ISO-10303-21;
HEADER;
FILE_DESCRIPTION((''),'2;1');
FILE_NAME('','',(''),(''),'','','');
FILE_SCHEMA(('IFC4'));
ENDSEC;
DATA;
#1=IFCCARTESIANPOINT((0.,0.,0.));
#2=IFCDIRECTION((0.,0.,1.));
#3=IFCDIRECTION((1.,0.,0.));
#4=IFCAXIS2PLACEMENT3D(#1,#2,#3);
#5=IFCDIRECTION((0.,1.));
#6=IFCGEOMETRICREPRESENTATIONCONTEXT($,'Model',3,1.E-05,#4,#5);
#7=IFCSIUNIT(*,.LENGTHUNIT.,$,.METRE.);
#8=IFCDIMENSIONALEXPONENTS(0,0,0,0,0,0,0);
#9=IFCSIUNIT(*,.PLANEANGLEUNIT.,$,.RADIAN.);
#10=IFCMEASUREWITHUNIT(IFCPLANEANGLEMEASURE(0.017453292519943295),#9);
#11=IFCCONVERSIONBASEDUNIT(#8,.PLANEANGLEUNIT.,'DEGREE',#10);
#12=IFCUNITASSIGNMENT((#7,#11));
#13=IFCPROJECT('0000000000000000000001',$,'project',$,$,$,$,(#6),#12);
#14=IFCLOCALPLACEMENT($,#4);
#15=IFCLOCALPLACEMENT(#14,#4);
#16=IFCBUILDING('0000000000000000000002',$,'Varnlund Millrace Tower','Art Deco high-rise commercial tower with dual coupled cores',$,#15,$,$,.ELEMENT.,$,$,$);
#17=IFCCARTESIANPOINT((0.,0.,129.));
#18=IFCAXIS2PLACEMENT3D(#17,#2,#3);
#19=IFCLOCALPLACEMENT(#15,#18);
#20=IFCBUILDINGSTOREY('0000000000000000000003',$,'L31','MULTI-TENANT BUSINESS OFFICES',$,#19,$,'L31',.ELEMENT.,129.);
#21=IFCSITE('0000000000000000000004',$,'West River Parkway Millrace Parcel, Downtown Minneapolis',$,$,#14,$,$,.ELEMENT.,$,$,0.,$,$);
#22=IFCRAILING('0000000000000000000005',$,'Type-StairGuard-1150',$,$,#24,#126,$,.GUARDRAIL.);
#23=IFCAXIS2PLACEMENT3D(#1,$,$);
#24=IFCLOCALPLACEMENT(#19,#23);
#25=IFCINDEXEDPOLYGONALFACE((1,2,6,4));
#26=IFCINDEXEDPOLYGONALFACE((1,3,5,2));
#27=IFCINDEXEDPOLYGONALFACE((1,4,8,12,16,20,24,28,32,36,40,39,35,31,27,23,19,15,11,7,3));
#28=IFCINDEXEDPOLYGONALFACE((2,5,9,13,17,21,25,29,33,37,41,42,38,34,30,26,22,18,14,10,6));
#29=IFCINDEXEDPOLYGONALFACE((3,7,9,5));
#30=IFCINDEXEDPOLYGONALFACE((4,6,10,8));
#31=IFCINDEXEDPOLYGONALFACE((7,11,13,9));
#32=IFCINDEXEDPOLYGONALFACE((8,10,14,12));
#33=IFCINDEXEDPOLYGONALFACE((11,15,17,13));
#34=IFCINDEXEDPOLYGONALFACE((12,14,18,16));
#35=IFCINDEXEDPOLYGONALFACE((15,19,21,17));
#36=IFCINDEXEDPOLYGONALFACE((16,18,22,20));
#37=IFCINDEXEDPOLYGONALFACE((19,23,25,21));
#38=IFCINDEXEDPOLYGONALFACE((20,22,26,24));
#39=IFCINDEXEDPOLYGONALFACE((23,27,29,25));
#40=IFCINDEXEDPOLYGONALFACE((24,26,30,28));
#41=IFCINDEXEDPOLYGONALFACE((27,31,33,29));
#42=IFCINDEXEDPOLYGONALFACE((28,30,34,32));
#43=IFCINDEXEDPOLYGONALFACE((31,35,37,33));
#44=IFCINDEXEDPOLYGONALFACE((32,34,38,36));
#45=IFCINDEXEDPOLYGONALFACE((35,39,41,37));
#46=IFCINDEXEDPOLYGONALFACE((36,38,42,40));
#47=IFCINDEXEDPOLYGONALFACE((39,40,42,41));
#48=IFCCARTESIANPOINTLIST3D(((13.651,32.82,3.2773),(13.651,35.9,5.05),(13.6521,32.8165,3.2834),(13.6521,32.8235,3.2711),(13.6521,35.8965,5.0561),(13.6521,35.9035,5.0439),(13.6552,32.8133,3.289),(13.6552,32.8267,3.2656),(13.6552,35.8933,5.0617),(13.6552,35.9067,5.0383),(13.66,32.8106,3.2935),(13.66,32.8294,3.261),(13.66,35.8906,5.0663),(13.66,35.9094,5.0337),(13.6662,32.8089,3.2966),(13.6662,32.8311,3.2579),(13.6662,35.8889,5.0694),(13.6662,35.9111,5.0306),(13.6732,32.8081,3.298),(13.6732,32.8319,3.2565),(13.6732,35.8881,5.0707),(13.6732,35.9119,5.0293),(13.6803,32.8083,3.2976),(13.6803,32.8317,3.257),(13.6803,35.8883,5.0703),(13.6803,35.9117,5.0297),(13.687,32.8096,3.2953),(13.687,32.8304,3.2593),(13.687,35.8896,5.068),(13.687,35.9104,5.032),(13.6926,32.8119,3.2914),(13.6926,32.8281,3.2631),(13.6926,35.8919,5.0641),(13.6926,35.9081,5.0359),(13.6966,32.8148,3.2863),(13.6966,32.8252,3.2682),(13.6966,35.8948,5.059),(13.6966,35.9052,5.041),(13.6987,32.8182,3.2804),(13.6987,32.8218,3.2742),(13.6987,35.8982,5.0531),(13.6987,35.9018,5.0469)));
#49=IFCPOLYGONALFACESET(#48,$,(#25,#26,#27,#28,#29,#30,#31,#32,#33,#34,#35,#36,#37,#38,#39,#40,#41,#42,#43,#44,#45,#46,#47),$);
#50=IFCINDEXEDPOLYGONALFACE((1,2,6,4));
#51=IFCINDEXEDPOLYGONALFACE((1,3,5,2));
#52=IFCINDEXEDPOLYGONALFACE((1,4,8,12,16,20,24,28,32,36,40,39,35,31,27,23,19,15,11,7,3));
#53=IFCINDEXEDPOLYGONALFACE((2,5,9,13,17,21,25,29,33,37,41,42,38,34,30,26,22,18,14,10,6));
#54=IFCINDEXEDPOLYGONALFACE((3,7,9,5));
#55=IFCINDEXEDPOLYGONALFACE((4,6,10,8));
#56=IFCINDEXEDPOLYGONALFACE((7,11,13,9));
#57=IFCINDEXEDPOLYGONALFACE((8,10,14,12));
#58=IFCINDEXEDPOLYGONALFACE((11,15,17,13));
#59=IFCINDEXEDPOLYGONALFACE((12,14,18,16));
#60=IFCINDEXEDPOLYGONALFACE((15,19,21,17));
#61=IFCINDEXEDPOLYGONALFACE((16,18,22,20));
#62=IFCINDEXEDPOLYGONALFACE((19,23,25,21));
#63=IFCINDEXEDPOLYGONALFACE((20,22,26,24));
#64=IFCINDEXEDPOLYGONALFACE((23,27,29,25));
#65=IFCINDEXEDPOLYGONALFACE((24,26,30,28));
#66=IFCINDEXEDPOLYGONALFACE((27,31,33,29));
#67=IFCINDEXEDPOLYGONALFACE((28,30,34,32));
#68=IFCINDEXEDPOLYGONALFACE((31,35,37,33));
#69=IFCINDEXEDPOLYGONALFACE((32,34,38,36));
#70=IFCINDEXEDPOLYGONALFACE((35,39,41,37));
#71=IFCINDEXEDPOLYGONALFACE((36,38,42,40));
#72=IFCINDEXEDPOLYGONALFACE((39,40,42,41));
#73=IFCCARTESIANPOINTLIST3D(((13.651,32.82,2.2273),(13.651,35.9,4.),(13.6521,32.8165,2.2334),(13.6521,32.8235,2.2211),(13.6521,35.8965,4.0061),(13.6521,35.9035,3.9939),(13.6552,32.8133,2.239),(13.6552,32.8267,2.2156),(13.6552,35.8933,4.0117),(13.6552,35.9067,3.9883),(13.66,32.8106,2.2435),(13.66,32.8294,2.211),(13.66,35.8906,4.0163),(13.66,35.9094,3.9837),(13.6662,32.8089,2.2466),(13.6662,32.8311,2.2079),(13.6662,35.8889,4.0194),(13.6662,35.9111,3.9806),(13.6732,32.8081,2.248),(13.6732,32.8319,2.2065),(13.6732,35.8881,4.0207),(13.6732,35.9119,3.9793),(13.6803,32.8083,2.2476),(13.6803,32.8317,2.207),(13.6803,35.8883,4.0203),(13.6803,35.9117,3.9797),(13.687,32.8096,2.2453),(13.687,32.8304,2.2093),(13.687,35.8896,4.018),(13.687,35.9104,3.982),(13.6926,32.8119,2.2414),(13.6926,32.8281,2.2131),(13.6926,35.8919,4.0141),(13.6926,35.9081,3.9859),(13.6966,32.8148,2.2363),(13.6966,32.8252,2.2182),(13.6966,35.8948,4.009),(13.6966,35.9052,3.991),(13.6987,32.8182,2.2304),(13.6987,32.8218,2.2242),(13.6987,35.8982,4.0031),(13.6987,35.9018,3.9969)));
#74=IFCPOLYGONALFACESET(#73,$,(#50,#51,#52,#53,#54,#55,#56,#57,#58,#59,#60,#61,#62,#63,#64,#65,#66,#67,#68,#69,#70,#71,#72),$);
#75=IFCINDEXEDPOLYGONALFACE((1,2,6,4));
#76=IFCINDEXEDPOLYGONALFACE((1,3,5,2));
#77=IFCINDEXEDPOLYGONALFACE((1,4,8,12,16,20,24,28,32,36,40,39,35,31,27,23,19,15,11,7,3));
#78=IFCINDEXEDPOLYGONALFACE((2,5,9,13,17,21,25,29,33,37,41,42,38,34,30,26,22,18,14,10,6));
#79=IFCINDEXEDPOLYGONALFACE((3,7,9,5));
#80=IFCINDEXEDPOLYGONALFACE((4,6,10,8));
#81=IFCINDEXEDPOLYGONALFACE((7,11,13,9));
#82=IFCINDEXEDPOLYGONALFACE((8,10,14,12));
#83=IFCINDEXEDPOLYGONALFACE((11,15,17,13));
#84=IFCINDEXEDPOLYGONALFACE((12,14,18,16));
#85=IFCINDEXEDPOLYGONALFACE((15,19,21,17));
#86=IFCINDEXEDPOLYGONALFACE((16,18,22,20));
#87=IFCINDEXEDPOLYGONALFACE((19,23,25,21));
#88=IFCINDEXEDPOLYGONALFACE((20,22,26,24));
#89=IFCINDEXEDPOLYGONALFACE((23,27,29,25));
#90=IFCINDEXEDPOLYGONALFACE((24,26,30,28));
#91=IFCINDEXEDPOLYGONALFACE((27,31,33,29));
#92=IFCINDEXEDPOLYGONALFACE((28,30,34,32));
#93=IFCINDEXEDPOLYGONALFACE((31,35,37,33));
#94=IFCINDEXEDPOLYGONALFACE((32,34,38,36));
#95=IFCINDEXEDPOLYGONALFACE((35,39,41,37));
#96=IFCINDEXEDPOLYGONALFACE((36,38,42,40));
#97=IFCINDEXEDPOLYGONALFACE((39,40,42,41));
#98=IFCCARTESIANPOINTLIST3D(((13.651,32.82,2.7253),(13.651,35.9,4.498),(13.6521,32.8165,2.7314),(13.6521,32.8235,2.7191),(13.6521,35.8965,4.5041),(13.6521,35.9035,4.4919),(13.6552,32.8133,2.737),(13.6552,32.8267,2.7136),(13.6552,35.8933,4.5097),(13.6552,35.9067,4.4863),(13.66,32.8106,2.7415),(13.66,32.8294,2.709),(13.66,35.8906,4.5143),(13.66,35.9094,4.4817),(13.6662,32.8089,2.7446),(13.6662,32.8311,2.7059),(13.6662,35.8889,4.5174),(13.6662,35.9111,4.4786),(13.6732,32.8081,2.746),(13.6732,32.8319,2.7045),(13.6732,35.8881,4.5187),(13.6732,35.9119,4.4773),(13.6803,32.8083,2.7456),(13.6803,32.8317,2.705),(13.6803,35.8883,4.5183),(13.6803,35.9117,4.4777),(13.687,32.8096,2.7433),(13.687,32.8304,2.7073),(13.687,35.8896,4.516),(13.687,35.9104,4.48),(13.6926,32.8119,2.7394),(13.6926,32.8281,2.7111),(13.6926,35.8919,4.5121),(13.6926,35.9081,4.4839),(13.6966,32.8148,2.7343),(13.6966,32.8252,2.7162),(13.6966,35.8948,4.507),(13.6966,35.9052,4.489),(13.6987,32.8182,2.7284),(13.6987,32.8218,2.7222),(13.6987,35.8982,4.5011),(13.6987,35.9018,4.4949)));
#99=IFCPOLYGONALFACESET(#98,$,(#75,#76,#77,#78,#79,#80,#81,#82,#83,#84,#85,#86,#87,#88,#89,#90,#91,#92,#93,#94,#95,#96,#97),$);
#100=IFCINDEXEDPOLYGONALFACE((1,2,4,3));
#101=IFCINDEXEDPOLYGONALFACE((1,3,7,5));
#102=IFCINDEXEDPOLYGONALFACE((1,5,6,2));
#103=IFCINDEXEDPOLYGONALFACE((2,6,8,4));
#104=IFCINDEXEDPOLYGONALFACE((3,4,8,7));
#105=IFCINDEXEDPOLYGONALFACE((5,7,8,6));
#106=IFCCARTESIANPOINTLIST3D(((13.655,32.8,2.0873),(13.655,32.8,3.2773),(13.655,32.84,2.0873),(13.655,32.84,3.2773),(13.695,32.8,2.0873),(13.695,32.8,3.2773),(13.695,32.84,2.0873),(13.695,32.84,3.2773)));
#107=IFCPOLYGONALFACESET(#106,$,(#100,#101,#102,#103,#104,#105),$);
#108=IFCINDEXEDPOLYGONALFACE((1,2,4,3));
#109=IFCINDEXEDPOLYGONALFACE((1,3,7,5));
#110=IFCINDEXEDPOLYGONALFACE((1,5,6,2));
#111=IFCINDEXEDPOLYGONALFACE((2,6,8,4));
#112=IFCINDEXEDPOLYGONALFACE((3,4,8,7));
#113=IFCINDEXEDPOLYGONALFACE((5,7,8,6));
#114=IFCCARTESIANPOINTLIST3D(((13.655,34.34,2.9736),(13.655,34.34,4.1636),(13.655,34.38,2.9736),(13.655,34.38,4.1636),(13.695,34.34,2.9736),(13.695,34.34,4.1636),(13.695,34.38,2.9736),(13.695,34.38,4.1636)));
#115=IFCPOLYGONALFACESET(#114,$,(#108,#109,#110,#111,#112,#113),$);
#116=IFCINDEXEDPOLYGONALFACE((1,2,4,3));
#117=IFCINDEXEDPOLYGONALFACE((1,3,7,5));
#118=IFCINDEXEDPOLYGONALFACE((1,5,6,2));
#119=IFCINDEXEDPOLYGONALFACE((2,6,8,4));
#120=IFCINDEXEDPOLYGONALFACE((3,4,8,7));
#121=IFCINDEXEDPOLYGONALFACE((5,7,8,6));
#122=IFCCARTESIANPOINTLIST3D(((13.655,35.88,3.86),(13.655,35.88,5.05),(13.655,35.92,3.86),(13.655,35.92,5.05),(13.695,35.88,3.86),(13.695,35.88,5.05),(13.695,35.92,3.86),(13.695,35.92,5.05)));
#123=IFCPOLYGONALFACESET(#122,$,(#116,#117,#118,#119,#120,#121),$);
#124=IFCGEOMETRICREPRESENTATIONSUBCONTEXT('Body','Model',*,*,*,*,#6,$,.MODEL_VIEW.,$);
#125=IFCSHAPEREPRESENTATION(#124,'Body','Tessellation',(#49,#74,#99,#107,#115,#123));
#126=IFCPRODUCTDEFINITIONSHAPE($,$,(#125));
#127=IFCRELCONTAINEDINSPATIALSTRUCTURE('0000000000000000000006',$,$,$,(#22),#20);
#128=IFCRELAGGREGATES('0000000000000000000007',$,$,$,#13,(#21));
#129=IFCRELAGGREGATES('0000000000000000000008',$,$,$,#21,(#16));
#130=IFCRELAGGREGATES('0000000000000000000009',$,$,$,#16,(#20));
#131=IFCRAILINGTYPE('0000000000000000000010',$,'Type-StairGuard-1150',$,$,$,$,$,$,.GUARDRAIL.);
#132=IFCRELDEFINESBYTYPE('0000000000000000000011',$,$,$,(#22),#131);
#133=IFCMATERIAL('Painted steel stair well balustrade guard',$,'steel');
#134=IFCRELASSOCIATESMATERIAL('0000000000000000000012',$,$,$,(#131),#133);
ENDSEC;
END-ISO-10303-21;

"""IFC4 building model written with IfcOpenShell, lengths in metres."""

from ifc_helpers import new_model, entity, si_unit, converted_unit, direction, frame, origin_with_axes, origin_2d_with_axis, place, context, subcontext, project, spatial, rectangle, circle, extrude, material, type_object, element, save


model = new_model("IFC4")

# Units and contexts
model_context = context("Model", 3, precision=1e-05, world=origin_with_axes(), true_north=direction((0.0, 1.0)))
body_context = subcontext(model_context, "Body", "Model", "MODEL_VIEW")
ifc_project = project(units=[si_unit("LENGTHUNIT", "METRE"), converted_unit("PLANEANGLEUNIT", "DEGREE", entity("IfcPlaneAngleMeasure", 0.017453292519943295), si_unit("PLANEANGLEUNIT", "RADIAN"), dimensions=[0, 0, 0, 0, 0, 0, 0])], contexts=[model_context])

# Site, building, storey
site_placement = place(None, origin_with_axes())
site = spatial("IfcSite", under=ifc_project, at=site_placement, Name="West River Parkway Millrace Parcel, Downtown Minneapolis", CompositionType="ELEMENT", RefElevation=0.0)
building_placement = place(site_placement, origin_with_axes())
building = spatial("IfcBuilding", under=site, at=building_placement, Name="Varnlund Millrace Tower", Description="Art Deco high-rise commercial tower with dual coupled cores", CompositionType="ELEMENT")
storey_placement = place(building_placement, frame((0.0, 0.0, 129.0), z_axis=(0.0, 0.0, 1.0), x_axis=(1.0, 0.0, 0.0)))
storey = spatial("IfcBuildingStorey", under=building, at=storey_placement, Name="L31", Description="MULTI-TENANT BUSINESS OFFICES", LongName="L31", CompositionType="ELEMENT", Elevation=129.0)

# Railing
ifc_material_1 = material(Name="Painted steel stair well balustrade guard", Category="steel")
railing_type_1 = type_object("IfcRailingType", Name="Type-StairGuard-1150", PredefinedType="GUARDRAIL", material=ifc_material_1)
railing_1_placement = place(storey_placement, frame((0.0, 0.0, -129.0), z_axis=(0.0, 0.0, 1.0), x_axis=(1.0, 0.0, 0.0)))
element("IfcRailing", 1, at=railing_1_placement, inside=storey, type_object=railing_type_1, Name="Type-StairGuard-1150", PredefinedType="GUARDRAIL", context=body_context, shape_type="SweptSolid", body=[
    extrude(circle(Radius=0.024, at=origin_2d_with_axis()), frame((13.675, 32.82, 132.2773), z_axis=(0.0, 0.866696, 0.498836), x_axis=(-1.0, 0.0, 0.0)), (0.0, 0.0, 1.0), 3.5537),
    extrude(circle(Radius=0.024, at=origin_2d_with_axis()), frame((13.675, 32.82, 131.2273), z_axis=(0.0, 0.866696, 0.498836), x_axis=(-1.0, 0.0, 0.0)), (0.0, 0.0, 1.0), 3.5537),
    extrude(circle(Radius=0.024, at=origin_2d_with_axis()), frame((13.675, 32.82, 131.7253), z_axis=(0.0, 0.866696, 0.498836), x_axis=(-1.0, 0.0, 0.0)), (0.0, 0.0, 1.0), 3.5537),
    extrude(rectangle(XDim=0.04, YDim=0.04, at=origin_2d_with_axis()), frame((13.675, 32.82, 131.0873), z_axis=(0.0, 0.0, 1.0), x_axis=(1.0, 0.0, 0.0)), (0.0, 0.0, 1.0), 1.19),
    extrude(rectangle(XDim=0.04, YDim=0.04, at=origin_2d_with_axis()), frame((13.675, 34.36, 131.9736), z_axis=(0.0, 0.0, 1.0), x_axis=(1.0, 0.0, 0.0)), (0.0, 0.0, 1.0), 1.19),
    extrude(rectangle(XDim=0.04, YDim=0.04, at=origin_2d_with_axis()), frame((13.675, 35.9, 132.86), z_axis=(0.0, 0.0, 1.0), x_axis=(1.0, 0.0, 0.0)), (0.0, 0.0, 1.0), 1.19),
])

save(model, "model.ifc")
